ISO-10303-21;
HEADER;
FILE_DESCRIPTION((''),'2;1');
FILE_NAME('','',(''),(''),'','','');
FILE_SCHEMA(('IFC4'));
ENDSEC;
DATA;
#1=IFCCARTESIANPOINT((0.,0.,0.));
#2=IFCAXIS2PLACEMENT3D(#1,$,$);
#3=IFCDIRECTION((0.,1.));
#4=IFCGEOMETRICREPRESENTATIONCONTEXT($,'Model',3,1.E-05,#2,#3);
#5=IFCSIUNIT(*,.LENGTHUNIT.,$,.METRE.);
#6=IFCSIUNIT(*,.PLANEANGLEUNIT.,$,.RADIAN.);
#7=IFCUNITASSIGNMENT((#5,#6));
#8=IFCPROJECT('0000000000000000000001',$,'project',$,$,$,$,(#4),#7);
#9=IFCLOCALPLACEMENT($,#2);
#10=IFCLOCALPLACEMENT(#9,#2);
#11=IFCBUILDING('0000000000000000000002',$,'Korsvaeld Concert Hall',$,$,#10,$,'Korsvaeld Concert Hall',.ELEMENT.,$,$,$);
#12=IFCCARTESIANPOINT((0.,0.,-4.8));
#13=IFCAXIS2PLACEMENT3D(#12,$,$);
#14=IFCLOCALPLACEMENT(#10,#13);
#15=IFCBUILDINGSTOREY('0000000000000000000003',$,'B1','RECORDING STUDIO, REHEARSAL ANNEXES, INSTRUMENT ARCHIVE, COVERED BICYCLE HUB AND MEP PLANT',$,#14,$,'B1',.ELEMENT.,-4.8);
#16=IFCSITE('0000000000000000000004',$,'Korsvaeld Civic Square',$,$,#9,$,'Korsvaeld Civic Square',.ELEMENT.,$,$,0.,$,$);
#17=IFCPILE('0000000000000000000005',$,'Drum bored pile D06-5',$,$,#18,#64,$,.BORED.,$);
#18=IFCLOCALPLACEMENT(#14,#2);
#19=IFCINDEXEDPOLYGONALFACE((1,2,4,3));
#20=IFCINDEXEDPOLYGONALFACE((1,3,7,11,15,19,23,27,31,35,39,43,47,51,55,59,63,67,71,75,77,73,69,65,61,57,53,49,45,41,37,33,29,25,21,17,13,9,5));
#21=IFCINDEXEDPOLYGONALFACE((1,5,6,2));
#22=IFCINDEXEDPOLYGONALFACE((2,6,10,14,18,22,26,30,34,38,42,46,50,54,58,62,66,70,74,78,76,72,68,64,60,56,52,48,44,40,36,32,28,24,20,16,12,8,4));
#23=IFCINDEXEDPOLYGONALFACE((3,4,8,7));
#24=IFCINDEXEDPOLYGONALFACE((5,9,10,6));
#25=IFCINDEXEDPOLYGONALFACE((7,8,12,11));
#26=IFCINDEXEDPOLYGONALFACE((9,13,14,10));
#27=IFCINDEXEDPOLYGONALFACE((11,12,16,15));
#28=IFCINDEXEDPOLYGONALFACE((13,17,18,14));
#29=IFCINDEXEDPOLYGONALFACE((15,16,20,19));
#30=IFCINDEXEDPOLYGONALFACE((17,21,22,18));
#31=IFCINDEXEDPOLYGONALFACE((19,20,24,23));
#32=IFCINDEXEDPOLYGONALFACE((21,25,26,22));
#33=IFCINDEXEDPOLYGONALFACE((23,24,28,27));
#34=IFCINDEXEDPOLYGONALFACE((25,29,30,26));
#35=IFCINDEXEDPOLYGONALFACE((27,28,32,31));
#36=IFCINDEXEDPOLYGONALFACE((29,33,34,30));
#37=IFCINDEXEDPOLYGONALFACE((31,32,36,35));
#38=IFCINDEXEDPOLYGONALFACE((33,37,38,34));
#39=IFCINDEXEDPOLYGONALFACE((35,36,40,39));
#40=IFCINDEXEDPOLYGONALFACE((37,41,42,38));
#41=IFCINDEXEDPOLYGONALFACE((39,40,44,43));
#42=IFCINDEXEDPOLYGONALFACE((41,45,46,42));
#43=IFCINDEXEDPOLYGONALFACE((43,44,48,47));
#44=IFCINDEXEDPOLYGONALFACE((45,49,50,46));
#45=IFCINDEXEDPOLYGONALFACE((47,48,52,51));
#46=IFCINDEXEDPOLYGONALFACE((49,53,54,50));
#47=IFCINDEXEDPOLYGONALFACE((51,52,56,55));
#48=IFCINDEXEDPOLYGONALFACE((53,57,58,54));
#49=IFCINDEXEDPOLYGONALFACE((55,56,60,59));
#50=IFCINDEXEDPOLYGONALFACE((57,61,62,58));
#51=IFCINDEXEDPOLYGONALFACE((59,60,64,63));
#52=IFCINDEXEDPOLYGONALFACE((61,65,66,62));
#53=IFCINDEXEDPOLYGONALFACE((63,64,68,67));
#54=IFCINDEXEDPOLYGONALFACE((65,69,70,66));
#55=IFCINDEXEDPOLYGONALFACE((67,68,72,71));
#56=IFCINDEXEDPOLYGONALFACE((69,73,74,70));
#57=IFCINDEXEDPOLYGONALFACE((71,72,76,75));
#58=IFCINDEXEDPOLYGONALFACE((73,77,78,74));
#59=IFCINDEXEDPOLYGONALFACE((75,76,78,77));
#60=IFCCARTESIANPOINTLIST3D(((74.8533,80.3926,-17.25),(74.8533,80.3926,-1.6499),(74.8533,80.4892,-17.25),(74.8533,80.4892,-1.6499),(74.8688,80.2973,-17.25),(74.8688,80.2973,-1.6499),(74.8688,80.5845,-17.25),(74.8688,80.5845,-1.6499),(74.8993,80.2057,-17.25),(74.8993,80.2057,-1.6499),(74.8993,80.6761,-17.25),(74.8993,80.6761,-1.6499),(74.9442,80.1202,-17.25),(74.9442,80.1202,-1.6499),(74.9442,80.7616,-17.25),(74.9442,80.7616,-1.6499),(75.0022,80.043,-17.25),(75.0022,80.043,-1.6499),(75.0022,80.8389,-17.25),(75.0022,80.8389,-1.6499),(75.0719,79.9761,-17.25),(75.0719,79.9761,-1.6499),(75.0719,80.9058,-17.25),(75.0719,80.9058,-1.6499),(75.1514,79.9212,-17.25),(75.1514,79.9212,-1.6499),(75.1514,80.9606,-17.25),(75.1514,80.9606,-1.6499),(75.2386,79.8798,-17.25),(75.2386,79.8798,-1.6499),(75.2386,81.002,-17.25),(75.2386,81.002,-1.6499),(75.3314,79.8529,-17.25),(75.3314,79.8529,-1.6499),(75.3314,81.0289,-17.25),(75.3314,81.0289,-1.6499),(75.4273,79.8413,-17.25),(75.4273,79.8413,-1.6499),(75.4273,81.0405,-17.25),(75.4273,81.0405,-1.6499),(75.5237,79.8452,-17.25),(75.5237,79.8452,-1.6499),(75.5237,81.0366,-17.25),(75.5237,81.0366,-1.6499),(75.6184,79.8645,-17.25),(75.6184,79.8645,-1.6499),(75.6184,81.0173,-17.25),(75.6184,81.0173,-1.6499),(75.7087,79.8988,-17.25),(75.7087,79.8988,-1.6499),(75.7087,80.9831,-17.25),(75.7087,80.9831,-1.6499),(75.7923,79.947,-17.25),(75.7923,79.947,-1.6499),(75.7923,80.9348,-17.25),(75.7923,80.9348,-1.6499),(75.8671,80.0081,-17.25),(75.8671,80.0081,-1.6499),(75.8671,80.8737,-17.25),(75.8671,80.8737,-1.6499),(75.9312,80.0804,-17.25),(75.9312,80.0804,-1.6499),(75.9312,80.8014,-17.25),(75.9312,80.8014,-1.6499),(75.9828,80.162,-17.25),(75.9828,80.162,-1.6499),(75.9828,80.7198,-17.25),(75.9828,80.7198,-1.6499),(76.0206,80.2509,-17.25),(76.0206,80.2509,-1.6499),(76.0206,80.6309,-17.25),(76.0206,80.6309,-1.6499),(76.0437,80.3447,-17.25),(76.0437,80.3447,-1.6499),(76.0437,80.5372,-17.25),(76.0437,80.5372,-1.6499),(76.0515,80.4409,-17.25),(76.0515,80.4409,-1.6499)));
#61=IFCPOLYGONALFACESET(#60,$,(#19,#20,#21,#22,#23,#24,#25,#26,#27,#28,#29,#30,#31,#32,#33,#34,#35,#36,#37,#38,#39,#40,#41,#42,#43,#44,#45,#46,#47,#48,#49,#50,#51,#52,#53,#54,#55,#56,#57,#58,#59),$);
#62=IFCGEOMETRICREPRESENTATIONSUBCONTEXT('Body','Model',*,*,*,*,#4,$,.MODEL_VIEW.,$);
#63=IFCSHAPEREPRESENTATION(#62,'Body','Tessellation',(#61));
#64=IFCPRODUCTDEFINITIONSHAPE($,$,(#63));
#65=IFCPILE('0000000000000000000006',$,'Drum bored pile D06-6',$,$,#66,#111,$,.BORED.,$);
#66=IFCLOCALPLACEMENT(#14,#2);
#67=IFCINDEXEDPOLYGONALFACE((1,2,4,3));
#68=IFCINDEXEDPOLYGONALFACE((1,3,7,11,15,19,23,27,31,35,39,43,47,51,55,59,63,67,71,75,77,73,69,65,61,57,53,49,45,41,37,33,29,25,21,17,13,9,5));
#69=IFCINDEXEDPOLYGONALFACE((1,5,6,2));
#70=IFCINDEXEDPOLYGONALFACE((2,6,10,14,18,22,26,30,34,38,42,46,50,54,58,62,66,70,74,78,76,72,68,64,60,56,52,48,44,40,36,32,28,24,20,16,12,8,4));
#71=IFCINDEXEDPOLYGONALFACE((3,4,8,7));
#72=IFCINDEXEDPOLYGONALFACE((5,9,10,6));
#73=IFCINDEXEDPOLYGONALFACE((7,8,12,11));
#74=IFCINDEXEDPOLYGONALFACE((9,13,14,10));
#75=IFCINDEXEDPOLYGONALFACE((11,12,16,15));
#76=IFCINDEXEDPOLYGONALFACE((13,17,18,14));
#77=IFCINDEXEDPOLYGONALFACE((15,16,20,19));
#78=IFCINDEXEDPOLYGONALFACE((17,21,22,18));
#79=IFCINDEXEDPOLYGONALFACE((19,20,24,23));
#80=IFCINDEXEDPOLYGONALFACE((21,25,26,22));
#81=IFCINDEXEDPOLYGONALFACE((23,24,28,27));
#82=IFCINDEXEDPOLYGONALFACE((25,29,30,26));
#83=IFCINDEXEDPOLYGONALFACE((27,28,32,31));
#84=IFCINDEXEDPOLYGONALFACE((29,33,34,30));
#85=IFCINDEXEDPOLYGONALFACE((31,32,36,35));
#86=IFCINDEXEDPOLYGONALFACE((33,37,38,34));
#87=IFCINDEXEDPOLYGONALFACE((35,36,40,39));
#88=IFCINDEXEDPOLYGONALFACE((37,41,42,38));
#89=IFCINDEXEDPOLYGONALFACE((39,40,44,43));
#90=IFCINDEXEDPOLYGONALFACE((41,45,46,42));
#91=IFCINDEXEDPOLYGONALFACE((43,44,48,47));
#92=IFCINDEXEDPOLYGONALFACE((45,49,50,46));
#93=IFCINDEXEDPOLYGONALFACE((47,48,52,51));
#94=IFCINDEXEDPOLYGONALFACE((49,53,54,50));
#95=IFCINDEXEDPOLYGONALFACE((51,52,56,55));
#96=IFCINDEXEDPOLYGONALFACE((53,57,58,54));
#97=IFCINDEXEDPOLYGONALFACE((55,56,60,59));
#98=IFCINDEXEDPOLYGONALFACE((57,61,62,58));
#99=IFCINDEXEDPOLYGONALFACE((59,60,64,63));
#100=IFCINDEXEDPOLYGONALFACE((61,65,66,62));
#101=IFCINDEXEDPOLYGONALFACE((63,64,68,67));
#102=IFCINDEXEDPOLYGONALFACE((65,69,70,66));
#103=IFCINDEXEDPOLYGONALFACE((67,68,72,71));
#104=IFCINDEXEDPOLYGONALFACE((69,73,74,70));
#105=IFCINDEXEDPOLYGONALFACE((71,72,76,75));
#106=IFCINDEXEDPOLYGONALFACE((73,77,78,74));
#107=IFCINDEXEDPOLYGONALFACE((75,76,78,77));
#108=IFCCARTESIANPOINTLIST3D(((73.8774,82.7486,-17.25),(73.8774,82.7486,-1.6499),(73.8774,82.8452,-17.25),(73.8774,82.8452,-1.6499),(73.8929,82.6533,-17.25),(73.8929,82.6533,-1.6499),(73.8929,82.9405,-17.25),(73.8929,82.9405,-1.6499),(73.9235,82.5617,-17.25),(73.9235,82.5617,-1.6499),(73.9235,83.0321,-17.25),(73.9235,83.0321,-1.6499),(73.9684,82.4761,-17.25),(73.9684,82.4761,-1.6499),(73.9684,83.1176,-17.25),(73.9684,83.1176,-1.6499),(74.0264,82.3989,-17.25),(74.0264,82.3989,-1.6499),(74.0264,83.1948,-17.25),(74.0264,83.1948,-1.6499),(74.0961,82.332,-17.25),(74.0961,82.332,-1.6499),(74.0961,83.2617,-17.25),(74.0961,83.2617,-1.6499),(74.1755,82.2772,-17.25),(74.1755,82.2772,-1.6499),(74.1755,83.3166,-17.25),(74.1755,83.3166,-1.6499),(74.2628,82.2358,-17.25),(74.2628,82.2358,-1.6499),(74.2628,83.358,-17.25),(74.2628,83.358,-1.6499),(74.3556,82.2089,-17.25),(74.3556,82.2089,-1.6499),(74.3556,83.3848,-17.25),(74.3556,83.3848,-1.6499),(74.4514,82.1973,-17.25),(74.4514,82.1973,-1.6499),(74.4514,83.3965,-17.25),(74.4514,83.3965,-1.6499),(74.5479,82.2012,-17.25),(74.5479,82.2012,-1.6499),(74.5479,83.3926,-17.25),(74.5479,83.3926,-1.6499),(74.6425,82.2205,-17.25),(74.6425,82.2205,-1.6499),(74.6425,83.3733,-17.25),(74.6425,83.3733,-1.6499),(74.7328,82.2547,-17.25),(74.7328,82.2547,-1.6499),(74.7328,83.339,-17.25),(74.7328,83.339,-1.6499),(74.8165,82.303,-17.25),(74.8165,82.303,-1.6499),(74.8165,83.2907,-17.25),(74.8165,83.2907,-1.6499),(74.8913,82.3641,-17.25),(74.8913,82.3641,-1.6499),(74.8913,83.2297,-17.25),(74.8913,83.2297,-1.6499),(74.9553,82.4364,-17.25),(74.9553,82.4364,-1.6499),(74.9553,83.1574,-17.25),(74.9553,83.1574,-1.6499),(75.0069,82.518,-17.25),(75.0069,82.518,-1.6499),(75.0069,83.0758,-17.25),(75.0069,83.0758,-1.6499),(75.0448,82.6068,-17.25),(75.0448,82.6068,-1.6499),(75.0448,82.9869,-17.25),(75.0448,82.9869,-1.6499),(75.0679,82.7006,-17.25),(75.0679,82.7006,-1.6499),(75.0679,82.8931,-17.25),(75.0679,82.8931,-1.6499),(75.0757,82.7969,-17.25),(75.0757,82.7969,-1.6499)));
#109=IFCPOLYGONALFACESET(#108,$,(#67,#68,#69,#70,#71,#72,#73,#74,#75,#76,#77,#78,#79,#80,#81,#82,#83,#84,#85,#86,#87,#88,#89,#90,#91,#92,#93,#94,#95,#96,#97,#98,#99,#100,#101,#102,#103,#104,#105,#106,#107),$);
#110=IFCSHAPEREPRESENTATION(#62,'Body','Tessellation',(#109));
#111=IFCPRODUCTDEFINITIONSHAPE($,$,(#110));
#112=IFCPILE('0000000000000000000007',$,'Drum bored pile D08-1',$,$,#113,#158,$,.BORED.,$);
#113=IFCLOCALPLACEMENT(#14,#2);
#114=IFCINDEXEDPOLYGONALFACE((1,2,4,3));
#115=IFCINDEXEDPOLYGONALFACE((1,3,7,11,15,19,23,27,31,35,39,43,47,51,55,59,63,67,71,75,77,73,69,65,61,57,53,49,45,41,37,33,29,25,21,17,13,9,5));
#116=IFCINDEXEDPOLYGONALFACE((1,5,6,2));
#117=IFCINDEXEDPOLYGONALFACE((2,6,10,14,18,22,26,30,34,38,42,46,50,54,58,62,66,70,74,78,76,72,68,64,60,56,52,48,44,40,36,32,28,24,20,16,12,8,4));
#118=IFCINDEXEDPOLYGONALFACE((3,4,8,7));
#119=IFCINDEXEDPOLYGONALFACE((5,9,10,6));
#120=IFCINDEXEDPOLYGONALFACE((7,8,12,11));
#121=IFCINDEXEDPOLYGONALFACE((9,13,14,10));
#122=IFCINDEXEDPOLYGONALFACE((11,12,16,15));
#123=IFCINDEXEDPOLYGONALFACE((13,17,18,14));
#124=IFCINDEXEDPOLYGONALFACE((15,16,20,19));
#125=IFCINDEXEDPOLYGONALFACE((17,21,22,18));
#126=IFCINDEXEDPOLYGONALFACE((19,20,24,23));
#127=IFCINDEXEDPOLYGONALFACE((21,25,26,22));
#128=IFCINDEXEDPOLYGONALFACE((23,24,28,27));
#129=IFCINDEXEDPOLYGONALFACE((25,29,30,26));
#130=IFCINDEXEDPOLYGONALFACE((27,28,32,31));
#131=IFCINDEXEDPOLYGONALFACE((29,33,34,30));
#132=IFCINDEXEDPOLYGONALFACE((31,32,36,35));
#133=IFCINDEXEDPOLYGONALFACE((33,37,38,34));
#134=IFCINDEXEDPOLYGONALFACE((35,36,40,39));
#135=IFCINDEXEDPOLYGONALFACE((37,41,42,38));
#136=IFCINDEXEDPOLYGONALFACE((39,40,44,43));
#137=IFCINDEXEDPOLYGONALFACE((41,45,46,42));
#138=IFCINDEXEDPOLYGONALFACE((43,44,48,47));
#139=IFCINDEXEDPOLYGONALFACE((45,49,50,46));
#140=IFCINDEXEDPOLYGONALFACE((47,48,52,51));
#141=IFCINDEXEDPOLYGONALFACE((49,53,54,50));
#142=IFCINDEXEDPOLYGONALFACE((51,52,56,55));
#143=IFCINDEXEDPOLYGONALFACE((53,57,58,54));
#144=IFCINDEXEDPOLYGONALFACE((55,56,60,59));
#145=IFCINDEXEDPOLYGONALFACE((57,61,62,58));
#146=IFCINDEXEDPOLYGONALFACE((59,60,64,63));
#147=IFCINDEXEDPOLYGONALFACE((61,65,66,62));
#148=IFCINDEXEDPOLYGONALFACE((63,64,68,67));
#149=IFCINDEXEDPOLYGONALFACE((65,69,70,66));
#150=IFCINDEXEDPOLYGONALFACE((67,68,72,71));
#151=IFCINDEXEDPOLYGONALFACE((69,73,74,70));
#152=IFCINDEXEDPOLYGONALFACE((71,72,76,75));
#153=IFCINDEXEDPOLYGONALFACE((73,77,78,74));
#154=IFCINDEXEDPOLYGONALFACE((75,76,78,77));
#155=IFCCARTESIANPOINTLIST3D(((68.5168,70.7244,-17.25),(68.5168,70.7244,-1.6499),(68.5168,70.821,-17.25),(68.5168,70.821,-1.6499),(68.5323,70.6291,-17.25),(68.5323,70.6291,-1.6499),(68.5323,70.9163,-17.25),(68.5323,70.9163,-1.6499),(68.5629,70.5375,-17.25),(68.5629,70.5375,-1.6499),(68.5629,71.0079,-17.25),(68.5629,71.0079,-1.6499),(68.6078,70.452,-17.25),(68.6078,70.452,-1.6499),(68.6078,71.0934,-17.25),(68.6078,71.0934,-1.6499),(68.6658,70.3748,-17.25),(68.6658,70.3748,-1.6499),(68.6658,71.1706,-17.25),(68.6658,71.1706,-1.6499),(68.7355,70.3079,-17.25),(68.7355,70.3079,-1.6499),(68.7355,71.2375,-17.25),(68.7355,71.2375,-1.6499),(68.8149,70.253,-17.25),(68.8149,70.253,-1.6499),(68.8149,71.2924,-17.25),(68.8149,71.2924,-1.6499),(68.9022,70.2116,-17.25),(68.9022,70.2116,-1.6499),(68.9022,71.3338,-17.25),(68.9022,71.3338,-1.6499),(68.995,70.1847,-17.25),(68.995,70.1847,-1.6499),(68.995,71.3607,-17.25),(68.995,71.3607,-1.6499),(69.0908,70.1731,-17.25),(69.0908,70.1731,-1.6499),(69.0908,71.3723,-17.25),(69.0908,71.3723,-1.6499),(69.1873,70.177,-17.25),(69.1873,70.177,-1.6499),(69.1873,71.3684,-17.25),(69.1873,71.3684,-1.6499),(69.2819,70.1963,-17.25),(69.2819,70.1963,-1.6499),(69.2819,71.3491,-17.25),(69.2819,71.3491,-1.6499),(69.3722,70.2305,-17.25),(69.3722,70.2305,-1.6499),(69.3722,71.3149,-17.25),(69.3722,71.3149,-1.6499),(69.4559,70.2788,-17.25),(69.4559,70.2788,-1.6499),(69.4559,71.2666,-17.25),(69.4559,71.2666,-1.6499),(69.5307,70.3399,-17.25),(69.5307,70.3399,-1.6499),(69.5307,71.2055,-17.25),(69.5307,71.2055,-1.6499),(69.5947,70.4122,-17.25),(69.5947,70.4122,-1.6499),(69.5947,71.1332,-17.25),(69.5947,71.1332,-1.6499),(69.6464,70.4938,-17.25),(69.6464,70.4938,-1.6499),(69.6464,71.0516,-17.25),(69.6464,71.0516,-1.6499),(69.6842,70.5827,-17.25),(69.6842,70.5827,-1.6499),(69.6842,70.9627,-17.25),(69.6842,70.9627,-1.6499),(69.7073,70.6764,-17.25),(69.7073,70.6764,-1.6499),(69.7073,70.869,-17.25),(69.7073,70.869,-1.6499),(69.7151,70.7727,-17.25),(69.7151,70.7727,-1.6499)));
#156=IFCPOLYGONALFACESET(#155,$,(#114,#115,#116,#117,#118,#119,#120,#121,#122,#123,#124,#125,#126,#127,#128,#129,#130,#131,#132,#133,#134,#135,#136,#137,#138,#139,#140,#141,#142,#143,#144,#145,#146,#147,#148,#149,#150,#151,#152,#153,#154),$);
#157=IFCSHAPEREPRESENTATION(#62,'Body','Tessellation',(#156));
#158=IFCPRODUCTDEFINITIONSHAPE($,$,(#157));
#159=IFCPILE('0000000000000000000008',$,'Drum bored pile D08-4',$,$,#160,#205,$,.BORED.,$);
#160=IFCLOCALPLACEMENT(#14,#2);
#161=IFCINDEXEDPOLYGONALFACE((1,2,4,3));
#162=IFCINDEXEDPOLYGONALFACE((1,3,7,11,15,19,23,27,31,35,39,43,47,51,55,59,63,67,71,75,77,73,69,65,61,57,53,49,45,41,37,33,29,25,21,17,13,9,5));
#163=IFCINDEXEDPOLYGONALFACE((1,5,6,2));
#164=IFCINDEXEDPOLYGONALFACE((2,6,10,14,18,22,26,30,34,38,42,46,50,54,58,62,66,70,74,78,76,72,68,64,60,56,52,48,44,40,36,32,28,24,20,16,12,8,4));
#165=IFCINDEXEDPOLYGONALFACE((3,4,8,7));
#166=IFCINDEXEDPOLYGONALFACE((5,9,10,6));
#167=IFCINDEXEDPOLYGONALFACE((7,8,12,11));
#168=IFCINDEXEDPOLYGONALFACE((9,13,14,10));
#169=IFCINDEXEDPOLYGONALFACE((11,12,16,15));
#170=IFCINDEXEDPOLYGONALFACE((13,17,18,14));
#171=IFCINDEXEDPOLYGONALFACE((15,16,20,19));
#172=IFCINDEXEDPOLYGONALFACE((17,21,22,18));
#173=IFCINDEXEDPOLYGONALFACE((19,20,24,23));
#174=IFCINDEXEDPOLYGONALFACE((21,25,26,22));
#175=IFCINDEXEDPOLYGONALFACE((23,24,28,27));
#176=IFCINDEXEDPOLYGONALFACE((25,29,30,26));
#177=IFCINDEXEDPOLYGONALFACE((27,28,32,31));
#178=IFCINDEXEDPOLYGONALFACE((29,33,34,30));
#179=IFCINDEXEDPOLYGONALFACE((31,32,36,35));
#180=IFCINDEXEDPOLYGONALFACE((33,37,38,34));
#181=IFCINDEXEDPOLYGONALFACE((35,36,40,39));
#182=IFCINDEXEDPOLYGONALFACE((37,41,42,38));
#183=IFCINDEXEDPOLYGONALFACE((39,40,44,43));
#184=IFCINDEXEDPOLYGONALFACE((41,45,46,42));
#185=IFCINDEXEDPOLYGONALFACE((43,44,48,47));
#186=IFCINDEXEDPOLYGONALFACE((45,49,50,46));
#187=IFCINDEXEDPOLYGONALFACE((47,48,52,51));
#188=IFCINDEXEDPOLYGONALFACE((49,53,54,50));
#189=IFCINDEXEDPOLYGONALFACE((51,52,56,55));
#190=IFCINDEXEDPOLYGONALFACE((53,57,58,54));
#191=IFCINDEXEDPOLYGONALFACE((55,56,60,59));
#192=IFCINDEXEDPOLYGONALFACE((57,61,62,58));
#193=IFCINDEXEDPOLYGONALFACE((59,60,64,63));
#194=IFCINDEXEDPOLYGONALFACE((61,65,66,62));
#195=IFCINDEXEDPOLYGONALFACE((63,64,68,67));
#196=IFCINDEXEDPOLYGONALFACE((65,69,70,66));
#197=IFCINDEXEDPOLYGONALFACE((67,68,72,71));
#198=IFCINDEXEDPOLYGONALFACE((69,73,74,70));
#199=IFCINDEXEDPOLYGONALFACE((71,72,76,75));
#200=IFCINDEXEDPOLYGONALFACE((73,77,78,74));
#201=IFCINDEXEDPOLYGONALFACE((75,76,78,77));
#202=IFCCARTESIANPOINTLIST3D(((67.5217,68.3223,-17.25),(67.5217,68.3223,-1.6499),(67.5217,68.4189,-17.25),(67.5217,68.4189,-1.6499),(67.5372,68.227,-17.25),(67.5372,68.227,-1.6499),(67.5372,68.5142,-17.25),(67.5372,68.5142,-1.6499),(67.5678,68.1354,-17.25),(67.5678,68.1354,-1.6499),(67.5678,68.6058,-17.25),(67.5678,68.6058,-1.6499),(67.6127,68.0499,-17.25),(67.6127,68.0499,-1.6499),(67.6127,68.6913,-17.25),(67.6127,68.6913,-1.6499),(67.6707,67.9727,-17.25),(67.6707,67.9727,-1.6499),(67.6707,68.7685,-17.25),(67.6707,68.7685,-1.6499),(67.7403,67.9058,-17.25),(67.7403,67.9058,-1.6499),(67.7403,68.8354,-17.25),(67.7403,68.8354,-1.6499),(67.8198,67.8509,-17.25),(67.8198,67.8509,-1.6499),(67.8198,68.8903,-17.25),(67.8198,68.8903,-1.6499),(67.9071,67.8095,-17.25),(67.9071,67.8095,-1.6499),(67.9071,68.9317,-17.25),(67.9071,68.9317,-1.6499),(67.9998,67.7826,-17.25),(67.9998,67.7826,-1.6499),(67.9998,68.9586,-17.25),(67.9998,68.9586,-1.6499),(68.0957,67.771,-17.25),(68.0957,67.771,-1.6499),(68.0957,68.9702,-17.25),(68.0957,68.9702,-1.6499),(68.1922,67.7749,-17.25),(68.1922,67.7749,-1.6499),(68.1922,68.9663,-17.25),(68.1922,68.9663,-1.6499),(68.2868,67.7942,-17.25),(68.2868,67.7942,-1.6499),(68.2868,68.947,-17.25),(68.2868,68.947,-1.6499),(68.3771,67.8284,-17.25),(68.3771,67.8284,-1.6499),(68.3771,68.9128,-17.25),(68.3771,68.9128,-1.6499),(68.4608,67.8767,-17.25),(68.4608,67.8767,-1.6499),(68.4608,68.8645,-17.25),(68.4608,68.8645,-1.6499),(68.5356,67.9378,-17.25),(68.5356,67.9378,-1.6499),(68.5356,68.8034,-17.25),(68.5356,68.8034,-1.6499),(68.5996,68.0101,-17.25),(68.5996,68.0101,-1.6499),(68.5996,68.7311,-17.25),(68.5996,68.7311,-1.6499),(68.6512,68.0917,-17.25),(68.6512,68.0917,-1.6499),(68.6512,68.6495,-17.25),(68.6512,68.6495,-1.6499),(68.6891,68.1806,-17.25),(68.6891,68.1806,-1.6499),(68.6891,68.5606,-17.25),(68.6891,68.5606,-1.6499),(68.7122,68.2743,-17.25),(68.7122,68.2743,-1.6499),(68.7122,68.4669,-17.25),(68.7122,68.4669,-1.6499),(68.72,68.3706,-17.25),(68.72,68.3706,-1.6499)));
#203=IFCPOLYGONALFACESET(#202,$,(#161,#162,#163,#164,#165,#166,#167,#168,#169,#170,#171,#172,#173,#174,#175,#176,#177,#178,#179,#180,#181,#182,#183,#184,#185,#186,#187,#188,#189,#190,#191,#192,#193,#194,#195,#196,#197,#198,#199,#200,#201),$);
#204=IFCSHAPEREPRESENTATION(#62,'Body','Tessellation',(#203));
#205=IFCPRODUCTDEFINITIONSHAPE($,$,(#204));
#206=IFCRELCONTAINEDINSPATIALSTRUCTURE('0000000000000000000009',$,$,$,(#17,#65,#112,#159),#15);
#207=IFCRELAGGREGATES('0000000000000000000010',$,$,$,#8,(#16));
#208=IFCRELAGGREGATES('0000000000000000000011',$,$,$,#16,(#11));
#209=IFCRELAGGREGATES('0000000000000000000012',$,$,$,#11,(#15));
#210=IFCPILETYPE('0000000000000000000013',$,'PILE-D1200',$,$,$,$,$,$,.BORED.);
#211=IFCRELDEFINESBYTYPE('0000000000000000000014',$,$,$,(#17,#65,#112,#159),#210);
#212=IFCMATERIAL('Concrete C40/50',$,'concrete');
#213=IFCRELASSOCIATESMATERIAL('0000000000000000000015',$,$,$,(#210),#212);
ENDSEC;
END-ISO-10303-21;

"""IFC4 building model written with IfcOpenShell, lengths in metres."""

from ifc_helpers import new_model, si_unit, direction, frame, origin, origin_2d, place, context, subcontext, project, spatial, circle, extrude, material, material_profile, profile_set, type_object, element, save


model = new_model("IFC4")

# Units and contexts
model_context = context("Model", 3, precision=1e-05, world=origin(), true_north=direction((0.0, 1.0)))
body_context = subcontext(model_context, "Body", "Model", "MODEL_VIEW")
ifc_project = project(units=[si_unit("LENGTHUNIT", "METRE"), si_unit("PLANEANGLEUNIT", "RADIAN")], contexts=[model_context])

# Site, building, storey
site_placement = place(None, origin())
site = spatial("IfcSite", under=ifc_project, at=site_placement, Name="Korsvaeld Civic Square", LongName="Korsvaeld Civic Square", CompositionType="ELEMENT", RefElevation=0.0)
building_placement = place(site_placement, origin())
building = spatial("IfcBuilding", under=site, at=building_placement, Name="Korsvaeld Concert Hall", LongName="Korsvaeld Concert Hall", CompositionType="ELEMENT")
storey_placement = place(building_placement, frame((0.0, 0.0, -4.8)))
storey = spatial("IfcBuildingStorey", under=building, at=storey_placement, Name="B1", Description="RECORDING STUDIO, REHEARSAL ANNEXES, INSTRUMENT ARCHIVE, COVERED BICYCLE HUB AND MEP PLANT", LongName="B1", CompositionType="ELEMENT", Elevation=-4.8)

# Piles
ifc_material_1 = material(Name="Concrete C40/50", Category="concrete")
ifc_material_profile_1 = material_profile(ifc_material_1, circle(Radius=0.6001, at=origin_2d()), Name="BORED PILE D1200")
ifc_profile_set_1 = profile_set([ifc_material_profile_1], Name="Concrete C40/50")
pile_type_1 = type_object("IfcPileType", Name="PILE-D1200", PredefinedType="BORED", material=ifc_profile_set_1)
for number, where, z_axis, x_axis, name in (
    (1, (75.4514, 80.4409, -1.6499), (0.0, 0.0, -1.0), (1.0, 0.0, 0.0), "Drum bored pile D06-5"),
    (2, (74.4756, 82.7969, -1.6499), (0.0, 0.0, -1.0), (1.0, 0.0, 0.0), "Drum bored pile D06-6"),
    (3, (69.115, 70.7727, -1.6499), (0.0, 0.0, -1.0), (1.0, 0.0, 0.0), "Drum bored pile D08-1"),
    (4, (68.1199, 68.3706, -1.6499), (0.0, 0.0, -1.0), (1.0, 0.0, 0.0), "Drum bored pile D08-4"),
):
    element("IfcPile", number, at=place(storey_placement, frame(where, z_axis=z_axis, x_axis=x_axis)), inside=storey, type_object=pile_type_1, Name=name, PredefinedType="BORED", context=body_context, shape_type="SweptSolid", body=[
        extrude(circle(Radius=0.6001, at=origin_2d()), origin(), (0.0, 0.0, 1.0), 15.6001),
    ])

save(model, "model.ifc")
